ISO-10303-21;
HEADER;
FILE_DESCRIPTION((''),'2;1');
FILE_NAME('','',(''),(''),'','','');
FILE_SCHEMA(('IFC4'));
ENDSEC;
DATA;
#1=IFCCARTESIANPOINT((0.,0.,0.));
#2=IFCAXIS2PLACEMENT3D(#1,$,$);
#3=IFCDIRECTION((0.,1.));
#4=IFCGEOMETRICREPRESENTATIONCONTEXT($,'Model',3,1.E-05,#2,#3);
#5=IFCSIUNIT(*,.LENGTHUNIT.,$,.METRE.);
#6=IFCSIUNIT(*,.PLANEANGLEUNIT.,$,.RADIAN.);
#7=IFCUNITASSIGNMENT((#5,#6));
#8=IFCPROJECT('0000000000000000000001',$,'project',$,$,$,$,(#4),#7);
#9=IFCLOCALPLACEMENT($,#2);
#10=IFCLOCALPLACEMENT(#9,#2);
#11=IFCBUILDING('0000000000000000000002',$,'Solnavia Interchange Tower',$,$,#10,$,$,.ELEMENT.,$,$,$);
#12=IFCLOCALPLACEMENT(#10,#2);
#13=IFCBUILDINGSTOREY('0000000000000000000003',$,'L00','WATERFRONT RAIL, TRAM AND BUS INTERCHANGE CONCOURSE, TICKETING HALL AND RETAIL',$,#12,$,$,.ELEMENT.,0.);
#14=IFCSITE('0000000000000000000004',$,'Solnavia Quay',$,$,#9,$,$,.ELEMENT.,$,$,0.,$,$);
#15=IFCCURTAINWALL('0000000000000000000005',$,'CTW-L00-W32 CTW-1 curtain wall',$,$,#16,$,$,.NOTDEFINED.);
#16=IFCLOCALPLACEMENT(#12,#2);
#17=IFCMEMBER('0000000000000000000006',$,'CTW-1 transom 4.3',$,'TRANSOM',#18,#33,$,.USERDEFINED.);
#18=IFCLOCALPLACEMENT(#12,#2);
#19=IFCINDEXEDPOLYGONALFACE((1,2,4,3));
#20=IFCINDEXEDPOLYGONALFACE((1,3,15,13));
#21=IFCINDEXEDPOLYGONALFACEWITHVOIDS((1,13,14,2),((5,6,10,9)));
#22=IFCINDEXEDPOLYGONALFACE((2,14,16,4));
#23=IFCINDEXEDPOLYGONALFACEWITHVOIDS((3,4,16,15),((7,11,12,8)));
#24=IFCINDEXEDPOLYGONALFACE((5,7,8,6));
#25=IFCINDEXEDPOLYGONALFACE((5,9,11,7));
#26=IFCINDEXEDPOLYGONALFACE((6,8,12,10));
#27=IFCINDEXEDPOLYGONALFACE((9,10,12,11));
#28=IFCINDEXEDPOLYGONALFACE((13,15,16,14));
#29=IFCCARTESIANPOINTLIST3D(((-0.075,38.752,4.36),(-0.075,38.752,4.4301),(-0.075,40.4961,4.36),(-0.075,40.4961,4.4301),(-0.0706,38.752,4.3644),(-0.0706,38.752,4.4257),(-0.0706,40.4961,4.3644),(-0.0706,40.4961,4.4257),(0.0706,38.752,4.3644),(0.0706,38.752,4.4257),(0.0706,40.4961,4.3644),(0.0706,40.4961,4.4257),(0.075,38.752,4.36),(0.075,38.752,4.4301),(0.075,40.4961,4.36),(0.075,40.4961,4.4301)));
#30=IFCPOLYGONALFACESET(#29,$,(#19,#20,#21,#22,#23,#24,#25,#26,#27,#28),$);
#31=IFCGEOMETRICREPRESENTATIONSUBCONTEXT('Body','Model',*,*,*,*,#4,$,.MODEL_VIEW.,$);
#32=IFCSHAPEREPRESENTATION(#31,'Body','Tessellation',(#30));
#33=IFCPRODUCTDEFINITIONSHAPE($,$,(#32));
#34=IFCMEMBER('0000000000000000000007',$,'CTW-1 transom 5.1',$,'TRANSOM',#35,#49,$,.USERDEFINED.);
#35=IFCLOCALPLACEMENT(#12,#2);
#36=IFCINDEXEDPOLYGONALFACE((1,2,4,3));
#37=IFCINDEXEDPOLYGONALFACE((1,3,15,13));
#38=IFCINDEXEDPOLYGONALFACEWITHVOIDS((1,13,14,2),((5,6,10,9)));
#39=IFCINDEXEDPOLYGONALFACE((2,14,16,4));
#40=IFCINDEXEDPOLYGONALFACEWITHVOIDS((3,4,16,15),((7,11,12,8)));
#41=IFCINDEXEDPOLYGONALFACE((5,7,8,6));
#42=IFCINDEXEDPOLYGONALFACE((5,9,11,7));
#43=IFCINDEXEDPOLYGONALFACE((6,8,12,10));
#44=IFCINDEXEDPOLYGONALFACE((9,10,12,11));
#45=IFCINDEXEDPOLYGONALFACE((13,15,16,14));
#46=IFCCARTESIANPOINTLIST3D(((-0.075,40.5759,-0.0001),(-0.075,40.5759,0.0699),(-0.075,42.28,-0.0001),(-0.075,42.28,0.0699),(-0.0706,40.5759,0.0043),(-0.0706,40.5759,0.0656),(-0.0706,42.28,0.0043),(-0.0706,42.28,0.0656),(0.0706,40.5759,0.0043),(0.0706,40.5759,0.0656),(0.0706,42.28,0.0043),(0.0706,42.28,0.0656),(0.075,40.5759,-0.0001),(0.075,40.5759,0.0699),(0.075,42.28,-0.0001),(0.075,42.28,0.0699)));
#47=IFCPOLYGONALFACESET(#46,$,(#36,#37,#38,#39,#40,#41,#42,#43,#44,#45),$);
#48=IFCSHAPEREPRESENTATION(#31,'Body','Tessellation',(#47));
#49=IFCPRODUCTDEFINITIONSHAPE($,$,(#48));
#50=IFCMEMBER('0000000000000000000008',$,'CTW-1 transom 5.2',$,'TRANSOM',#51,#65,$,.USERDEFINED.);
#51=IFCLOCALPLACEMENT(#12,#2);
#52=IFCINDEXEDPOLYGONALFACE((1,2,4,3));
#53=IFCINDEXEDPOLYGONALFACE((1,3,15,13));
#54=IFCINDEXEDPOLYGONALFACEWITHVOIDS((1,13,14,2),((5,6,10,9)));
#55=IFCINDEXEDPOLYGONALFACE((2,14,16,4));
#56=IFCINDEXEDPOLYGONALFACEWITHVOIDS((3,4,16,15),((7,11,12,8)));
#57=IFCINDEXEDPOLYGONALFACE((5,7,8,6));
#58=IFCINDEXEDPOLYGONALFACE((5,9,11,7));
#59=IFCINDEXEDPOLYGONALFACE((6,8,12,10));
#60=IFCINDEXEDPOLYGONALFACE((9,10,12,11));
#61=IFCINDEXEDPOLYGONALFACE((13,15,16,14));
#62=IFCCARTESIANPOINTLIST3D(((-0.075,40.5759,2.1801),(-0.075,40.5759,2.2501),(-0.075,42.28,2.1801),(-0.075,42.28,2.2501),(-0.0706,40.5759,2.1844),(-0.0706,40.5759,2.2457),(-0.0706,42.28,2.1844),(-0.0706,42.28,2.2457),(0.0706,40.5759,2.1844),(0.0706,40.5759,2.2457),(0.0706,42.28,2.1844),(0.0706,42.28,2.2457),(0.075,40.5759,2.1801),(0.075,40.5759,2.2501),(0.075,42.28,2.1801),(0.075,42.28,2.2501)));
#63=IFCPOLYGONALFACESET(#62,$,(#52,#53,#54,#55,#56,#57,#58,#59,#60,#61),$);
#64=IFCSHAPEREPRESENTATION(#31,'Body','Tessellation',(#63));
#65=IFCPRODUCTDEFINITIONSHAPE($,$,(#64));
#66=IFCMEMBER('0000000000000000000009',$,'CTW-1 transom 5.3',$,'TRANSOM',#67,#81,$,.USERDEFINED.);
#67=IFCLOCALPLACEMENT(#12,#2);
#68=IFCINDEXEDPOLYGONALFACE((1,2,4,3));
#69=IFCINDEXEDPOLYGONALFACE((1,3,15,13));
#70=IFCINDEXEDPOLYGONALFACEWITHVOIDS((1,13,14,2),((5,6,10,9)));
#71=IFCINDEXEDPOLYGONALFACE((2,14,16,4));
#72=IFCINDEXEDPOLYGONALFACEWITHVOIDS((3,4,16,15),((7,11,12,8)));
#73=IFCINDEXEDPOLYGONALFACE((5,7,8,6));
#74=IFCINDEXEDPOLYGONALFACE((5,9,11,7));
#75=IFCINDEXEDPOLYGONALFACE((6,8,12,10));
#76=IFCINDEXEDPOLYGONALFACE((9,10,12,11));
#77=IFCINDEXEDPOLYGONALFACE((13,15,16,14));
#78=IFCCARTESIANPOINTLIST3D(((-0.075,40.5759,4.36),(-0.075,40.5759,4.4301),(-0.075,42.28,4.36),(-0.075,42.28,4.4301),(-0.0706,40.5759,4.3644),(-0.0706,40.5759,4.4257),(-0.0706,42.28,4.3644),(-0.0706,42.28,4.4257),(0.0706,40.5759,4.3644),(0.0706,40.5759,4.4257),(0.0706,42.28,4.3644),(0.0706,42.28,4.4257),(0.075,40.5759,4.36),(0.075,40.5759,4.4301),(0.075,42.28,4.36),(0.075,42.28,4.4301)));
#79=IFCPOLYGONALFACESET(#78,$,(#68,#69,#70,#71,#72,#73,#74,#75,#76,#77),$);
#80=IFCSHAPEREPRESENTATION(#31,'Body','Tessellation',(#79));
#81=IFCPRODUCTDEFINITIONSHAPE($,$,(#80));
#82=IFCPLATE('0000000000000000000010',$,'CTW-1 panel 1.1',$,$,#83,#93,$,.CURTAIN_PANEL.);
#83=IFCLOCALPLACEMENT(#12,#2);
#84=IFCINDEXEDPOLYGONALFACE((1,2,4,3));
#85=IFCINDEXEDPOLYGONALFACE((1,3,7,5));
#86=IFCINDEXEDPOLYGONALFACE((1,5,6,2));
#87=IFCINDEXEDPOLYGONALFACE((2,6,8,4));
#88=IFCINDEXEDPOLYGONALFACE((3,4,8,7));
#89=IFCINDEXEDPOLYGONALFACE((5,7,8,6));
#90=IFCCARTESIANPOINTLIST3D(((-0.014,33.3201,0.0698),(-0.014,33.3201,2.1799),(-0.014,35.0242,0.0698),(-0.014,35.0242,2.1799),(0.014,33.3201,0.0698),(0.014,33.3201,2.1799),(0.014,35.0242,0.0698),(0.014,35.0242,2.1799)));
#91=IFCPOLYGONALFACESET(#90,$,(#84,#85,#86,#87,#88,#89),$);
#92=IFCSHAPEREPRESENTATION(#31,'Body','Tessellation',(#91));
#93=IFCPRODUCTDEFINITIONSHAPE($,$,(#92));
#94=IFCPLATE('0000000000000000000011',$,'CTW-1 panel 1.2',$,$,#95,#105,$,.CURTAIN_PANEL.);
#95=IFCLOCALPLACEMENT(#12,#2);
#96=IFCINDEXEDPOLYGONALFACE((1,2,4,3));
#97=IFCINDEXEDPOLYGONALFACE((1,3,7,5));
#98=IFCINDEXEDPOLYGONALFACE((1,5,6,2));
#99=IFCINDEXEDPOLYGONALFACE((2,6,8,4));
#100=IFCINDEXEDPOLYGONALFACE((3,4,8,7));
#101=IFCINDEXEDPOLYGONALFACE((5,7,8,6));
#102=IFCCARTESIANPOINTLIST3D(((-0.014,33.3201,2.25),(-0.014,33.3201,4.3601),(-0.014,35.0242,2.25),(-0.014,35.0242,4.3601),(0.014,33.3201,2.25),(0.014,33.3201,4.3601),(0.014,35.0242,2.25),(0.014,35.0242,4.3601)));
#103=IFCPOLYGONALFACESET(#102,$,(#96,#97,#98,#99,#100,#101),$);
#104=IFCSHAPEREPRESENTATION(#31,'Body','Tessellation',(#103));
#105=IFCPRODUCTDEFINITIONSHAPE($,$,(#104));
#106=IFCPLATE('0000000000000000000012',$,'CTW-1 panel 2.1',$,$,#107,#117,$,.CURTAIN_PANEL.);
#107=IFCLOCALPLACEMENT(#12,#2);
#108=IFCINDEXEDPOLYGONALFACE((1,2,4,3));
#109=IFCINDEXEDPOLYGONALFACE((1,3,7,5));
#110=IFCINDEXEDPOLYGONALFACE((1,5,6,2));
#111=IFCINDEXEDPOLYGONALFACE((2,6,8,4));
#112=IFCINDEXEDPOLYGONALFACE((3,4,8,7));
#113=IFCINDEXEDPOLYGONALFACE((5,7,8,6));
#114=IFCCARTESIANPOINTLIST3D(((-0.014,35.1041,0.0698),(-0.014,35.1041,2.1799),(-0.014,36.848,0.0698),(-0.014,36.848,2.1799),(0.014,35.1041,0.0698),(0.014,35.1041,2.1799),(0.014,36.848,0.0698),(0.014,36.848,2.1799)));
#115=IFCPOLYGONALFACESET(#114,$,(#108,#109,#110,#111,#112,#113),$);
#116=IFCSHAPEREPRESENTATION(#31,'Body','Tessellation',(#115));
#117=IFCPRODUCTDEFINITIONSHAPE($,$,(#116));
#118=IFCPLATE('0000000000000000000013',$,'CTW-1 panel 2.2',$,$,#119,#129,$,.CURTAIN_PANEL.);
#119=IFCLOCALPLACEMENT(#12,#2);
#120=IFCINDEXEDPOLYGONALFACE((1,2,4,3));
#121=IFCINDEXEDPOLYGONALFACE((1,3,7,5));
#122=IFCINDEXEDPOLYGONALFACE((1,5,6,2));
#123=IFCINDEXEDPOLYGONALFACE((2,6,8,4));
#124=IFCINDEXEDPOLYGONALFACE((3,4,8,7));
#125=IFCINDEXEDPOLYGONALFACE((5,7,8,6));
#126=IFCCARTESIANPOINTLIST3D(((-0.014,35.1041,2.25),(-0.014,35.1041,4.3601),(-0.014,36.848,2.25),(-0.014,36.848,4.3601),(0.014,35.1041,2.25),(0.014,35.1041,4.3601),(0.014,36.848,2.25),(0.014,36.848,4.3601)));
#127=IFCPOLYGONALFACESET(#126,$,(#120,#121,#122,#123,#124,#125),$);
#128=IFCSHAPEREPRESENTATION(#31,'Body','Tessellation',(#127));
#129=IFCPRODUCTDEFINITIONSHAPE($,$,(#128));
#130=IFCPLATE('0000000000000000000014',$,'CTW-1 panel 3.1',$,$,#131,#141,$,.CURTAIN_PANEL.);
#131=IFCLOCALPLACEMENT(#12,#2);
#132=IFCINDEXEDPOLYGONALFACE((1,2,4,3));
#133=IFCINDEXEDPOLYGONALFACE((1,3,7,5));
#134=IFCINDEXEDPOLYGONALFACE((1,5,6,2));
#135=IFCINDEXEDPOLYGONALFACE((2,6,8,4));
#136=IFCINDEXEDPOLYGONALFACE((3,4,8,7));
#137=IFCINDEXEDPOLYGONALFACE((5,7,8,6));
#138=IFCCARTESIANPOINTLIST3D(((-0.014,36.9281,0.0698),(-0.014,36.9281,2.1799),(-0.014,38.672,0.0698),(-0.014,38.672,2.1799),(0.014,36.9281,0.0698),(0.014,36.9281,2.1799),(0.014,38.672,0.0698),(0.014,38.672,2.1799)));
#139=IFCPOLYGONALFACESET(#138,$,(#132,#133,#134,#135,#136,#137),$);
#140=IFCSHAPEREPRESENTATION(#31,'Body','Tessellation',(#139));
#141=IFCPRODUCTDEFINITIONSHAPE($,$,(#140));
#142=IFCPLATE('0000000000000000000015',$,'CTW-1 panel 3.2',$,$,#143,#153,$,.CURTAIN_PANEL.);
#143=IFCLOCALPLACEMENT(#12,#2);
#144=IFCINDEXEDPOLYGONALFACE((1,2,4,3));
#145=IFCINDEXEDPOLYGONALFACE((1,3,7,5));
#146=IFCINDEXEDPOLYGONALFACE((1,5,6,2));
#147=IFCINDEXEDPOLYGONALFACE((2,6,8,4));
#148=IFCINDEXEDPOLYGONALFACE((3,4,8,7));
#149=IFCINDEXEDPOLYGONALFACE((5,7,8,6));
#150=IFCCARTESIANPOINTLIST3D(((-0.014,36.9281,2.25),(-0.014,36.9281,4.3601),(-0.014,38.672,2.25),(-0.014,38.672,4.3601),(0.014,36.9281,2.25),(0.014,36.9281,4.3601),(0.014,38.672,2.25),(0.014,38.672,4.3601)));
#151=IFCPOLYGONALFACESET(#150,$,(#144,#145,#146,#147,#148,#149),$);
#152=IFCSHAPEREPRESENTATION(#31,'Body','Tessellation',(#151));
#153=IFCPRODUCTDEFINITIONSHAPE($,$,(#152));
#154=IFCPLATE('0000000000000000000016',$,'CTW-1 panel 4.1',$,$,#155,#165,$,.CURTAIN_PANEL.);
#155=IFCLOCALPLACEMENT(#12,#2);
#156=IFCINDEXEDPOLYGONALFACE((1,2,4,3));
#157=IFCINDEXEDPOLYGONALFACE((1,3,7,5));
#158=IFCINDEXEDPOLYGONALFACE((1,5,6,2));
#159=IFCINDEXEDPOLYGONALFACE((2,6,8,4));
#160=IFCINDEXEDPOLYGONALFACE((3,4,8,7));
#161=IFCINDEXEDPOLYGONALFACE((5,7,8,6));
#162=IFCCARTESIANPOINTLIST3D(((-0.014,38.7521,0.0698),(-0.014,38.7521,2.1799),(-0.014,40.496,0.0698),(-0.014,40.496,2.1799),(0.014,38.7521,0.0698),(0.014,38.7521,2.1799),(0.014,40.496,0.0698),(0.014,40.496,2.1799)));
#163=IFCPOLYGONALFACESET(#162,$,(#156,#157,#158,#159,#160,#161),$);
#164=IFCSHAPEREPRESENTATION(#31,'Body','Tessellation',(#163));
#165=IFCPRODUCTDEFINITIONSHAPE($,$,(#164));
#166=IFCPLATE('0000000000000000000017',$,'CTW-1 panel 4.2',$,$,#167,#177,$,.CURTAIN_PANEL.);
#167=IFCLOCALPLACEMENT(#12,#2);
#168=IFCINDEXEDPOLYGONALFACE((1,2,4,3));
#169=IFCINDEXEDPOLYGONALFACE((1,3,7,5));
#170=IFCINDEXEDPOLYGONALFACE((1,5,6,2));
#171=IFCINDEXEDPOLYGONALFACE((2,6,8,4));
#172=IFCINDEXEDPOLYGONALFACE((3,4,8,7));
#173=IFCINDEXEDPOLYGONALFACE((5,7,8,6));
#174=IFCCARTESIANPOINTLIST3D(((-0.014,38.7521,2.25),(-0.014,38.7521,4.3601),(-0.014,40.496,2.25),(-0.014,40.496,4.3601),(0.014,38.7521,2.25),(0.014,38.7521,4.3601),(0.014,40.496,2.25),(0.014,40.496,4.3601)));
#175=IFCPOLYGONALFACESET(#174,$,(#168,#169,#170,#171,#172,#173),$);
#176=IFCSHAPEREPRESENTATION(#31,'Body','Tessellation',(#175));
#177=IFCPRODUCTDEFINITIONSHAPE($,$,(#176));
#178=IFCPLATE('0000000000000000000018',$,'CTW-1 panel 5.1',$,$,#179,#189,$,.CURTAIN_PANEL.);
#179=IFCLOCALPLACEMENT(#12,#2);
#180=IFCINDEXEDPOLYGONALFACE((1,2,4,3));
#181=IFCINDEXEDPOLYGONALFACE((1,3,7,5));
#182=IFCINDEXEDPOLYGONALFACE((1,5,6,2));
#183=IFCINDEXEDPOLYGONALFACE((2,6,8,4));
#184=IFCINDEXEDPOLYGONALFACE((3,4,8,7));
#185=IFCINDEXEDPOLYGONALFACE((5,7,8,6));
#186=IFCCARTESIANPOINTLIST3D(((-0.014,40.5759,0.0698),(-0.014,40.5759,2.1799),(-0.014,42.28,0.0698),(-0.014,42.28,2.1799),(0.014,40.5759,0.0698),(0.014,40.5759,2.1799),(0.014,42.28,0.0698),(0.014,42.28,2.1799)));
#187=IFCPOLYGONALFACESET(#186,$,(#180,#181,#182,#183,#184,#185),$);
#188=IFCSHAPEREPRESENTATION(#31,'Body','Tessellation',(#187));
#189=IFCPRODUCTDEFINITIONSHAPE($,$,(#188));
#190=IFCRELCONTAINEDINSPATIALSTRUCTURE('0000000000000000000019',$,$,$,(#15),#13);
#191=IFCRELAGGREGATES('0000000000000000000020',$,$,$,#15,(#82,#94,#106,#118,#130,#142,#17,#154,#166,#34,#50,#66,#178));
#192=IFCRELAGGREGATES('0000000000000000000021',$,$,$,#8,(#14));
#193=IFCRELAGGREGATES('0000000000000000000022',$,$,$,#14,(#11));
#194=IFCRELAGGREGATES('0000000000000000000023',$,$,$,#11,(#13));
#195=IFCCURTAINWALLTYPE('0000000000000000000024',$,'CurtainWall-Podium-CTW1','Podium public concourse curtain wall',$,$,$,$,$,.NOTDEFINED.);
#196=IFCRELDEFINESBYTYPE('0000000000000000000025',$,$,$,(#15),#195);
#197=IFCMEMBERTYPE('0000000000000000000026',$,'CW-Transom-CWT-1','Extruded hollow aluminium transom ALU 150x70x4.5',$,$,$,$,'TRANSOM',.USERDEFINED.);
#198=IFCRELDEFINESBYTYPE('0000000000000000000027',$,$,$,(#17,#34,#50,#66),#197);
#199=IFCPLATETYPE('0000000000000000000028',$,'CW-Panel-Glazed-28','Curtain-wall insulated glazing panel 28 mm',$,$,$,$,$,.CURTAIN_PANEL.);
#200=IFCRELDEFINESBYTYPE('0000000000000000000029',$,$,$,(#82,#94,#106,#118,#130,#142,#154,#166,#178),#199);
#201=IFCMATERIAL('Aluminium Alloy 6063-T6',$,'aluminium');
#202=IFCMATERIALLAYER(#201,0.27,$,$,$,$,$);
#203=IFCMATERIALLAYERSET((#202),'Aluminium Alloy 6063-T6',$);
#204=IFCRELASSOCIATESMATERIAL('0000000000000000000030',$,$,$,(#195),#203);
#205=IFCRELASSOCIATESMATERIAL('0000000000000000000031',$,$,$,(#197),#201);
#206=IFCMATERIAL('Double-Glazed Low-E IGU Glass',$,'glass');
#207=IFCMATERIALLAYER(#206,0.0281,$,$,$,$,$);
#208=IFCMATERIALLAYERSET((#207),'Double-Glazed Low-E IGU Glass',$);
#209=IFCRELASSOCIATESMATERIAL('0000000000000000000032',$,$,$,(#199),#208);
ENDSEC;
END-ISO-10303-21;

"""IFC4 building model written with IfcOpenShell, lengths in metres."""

from ifc_helpers import new_model, si_unit, direction, frame, origin, origin_2d, place, context, subcontext, project, spatial, rectangle, hollow_rectangle, extrude, material, layer, layer_set, material_profile, profile_set, type_object, element, aggregate, save


model = new_model("IFC4")

# Units and contexts
model_context = context("Model", 3, precision=1e-05, world=origin(), true_north=direction((0.0, 1.0)))
body_context = subcontext(model_context, "Body", "Model", "MODEL_VIEW")
ifc_project = project(units=[si_unit("LENGTHUNIT", "METRE"), si_unit("PLANEANGLEUNIT", "RADIAN")], contexts=[model_context])

# Site, building, storey
site_placement = place(None, origin())
site = spatial("IfcSite", under=ifc_project, at=site_placement, Name="Solnavia Quay", CompositionType="ELEMENT", RefElevation=0.0)
building_placement = place(site_placement, origin())
building = spatial("IfcBuilding", under=site, at=building_placement, Name="Solnavia Interchange Tower", CompositionType="ELEMENT")
storey_placement = place(building_placement, origin())
storey = spatial("IfcBuildingStorey", under=building, at=storey_placement, Name="L00", Description="WATERFRONT RAIL, TRAM AND BUS INTERCHANGE CONCOURSE, TICKETING HALL AND RETAIL", CompositionType="ELEMENT", Elevation=0.0)

# Curtain wall, members, plates
ifc_material_1 = material(Name="Aluminium Alloy 6063-T6", Category="aluminium")
ifc_layer_1 = layer(ifc_material_1, 0.27)
ifc_layer_set_1 = layer_set([ifc_layer_1], Name="Aluminium Alloy 6063-T6")
curtain_wall_type = type_object("IfcCurtainWallType", Name="CurtainWall-Podium-CTW1", Description="Podium public concourse curtain wall", PredefinedType="NOTDEFINED", material=ifc_layer_set_1)
curtain_wall_placement = place(storey_placement, origin())
curtain_wall = element("IfcCurtainWall", 1, at=curtain_wall_placement, inside=storey, type_object=curtain_wall_type, Name="CTW-L00-W32 CTW-1 curtain wall", PredefinedType="NOTDEFINED")
ifc_material_profile_1 = material_profile(ifc_material_1, hollow_rectangle(XDim=0.0701, YDim=0.1499, WallThickness=0.0044, at=origin_2d()), Name="ALU 150x70x4.5")
ifc_profile_set_1 = profile_set([ifc_material_profile_1], Name="Aluminium Alloy 6063-T6")
member_type_1 = type_object("IfcMemberType", Name="CW-Transom-CWT-1", Description="Extruded hollow aluminium transom ALU 150x70x4.5", ElementType="TRANSOM", PredefinedType="USERDEFINED", material=ifc_profile_set_1)
member_1_placement = place(storey_placement, frame((0.0, 38.752, 4.395), z_axis=(0.0, 1.0, 0.0), x_axis=(0.0, 0.0, 1.0)))
member_1 = element("IfcMember", 2, at=member_1_placement, type_object=member_type_1, Name="CTW-1 transom 4.3", ObjectType="TRANSOM", PredefinedType="USERDEFINED", context=body_context, shape_type="SweptSolid", body=[
    extrude(hollow_rectangle(XDim=0.0701, YDim=0.1499, WallThickness=0.0044, at=origin_2d()), origin(), (0.0, 0.0, 1.0), 1.7441),
])
member_2_placement = place(storey_placement, frame((0.0, 40.5759, 0.0349), z_axis=(0.0, 1.0, 0.0), x_axis=(0.0, 0.0, 1.0)))
member_2 = element("IfcMember", 3, at=member_2_placement, type_object=member_type_1, Name="CTW-1 transom 5.1", ObjectType="TRANSOM", PredefinedType="USERDEFINED", context=body_context, shape_type="SweptSolid", body=[
    extrude(hollow_rectangle(XDim=0.0701, YDim=0.1499, WallThickness=0.0044, at=origin_2d()), origin(), (0.0, 0.0, 1.0), 1.7041),
])
member_3_placement = place(storey_placement, frame((0.0, 40.5759, 2.2151), z_axis=(0.0, 1.0, 0.0), x_axis=(0.0, 0.0, 1.0)))
member_3 = element("IfcMember", 4, at=member_3_placement, type_object=member_type_1, Name="CTW-1 transom 5.2", ObjectType="TRANSOM", PredefinedType="USERDEFINED", context=body_context, shape_type="SweptSolid", body=[
    extrude(hollow_rectangle(XDim=0.0701, YDim=0.1499, WallThickness=0.0044, at=origin_2d()), origin(), (0.0, 0.0, 1.0), 1.7041),
])
member_4_placement = place(storey_placement, frame((0.0, 40.5759, 4.395), z_axis=(0.0, 1.0, 0.0), x_axis=(0.0, 0.0, 1.0)))
member_4 = element("IfcMember", 5, at=member_4_placement, type_object=member_type_1, Name="CTW-1 transom 5.3", ObjectType="TRANSOM", PredefinedType="USERDEFINED", context=body_context, shape_type="SweptSolid", body=[
    extrude(hollow_rectangle(XDim=0.0701, YDim=0.1499, WallThickness=0.0044, at=origin_2d()), origin(), (0.0, 0.0, 1.0), 1.7041),
])
ifc_material_2 = material(Name="Double-Glazed Low-E IGU Glass", Category="glass")
ifc_layer_2 = layer(ifc_material_2, 0.0281)
ifc_layer_set_2 = layer_set([ifc_layer_2], Name="Double-Glazed Low-E IGU Glass")
plate_type = type_object("IfcPlateType", Name="CW-Panel-Glazed-28", Description="Curtain-wall insulated glazing panel 28 mm", PredefinedType="CURTAIN_PANEL", material=ifc_layer_set_2)
plate_1_placement = place(storey_placement, frame((0.0, 34.1721, 0.0698), z_axis=(0.0, 0.0, 1.0), x_axis=(0.0, 1.0, 0.0)))
plate_1 = element("IfcPlate", 6, at=plate_1_placement, type_object=plate_type, Name="CTW-1 panel 1.1", PredefinedType="CURTAIN_PANEL", context=body_context, shape_type="SweptSolid", body=[
    extrude(rectangle(XDim=1.7041, YDim=0.0281, at=origin_2d()), origin(), (0.0, 0.0, 1.0), 2.1101),
])
plate_2_placement = place(storey_placement, frame((0.0, 34.1721, 2.25), z_axis=(0.0, 0.0, 1.0), x_axis=(0.0, 1.0, 0.0)))
plate_2 = element("IfcPlate", 7, at=plate_2_placement, type_object=plate_type, Name="CTW-1 panel 1.2", PredefinedType="CURTAIN_PANEL", context=body_context, shape_type="SweptSolid", body=[
    extrude(rectangle(XDim=1.7041, YDim=0.0281, at=origin_2d()), origin(), (0.0, 0.0, 1.0), 2.1101),
])
plate_3_placement = place(storey_placement, frame((0.0, 35.9761, 0.0698), z_axis=(0.0, 0.0, 1.0), x_axis=(0.0, 1.0, 0.0)))
plate_3 = element("IfcPlate", 8, at=plate_3_placement, type_object=plate_type, Name="CTW-1 panel 2.1", PredefinedType="CURTAIN_PANEL", context=body_context, shape_type="SweptSolid", body=[
    extrude(rectangle(XDim=1.7439, YDim=0.0281, at=origin_2d()), origin(), (0.0, 0.0, 1.0), 2.1101),
])
plate_4_placement = place(storey_placement, frame((0.0, 35.9761, 2.25), z_axis=(0.0, 0.0, 1.0), x_axis=(0.0, 1.0, 0.0)))
plate_4 = element("IfcPlate", 9, at=plate_4_placement, type_object=plate_type, Name="CTW-1 panel 2.2", PredefinedType="CURTAIN_PANEL", context=body_context, shape_type="SweptSolid", body=[
    extrude(rectangle(XDim=1.7439, YDim=0.0281, at=origin_2d()), origin(), (0.0, 0.0, 1.0), 2.1101),
])
plate_5_placement = place(storey_placement, frame((0.0, 37.8, 0.0698), z_axis=(0.0, 0.0, 1.0), x_axis=(0.0, 1.0, 0.0)))
plate_5 = element("IfcPlate", 10, at=plate_5_placement, type_object=plate_type, Name="CTW-1 panel 3.1", PredefinedType="CURTAIN_PANEL", context=body_context, shape_type="SweptSolid", body=[
    extrude(rectangle(XDim=1.7439, YDim=0.0281, at=origin_2d()), origin(), (0.0, 0.0, 1.0), 2.1101),
])
plate_6_placement = place(storey_placement, frame((0.0, 37.8, 2.25), z_axis=(0.0, 0.0, 1.0), x_axis=(0.0, 1.0, 0.0)))
plate_6 = element("IfcPlate", 11, at=plate_6_placement, type_object=plate_type, Name="CTW-1 panel 3.2", PredefinedType="CURTAIN_PANEL", context=body_context, shape_type="SweptSolid", body=[
    extrude(rectangle(XDim=1.7439, YDim=0.0281, at=origin_2d()), origin(), (0.0, 0.0, 1.0), 2.1101),
])
plate_7_placement = place(storey_placement, frame((0.0, 39.624, 0.0698), z_axis=(0.0, 0.0, 1.0), x_axis=(0.0, 1.0, 0.0)))
plate_7 = element("IfcPlate", 12, at=plate_7_placement, type_object=plate_type, Name="CTW-1 panel 4.1", PredefinedType="CURTAIN_PANEL", context=body_context, shape_type="SweptSolid", body=[
    extrude(rectangle(XDim=1.7439, YDim=0.0281, at=origin_2d()), origin(), (0.0, 0.0, 1.0), 2.1101),
])
plate_8_placement = place(storey_placement, frame((0.0, 39.624, 2.25), z_axis=(0.0, 0.0, 1.0), x_axis=(0.0, 1.0, 0.0)))
plate_8 = element("IfcPlate", 13, at=plate_8_placement, type_object=plate_type, Name="CTW-1 panel 4.2", PredefinedType="CURTAIN_PANEL", context=body_context, shape_type="SweptSolid", body=[
    extrude(rectangle(XDim=1.7439, YDim=0.0281, at=origin_2d()), origin(), (0.0, 0.0, 1.0), 2.1101),
])
plate_9_placement = place(storey_placement, frame((0.0, 41.428, 0.0698), z_axis=(0.0, 0.0, 1.0), x_axis=(0.0, 1.0, 0.0)))
plate_9 = element("IfcPlate", 14, at=plate_9_placement, type_object=plate_type, Name="CTW-1 panel 5.1", PredefinedType="CURTAIN_PANEL", context=body_context, shape_type="SweptSolid", body=[
    extrude(rectangle(XDim=1.7041, YDim=0.0281, at=origin_2d()), origin(), (0.0, 0.0, 1.0), 2.1101),
])
aggregate(curtain_wall, [plate_1, plate_2, plate_3, plate_4, plate_5, plate_6, member_1, plate_7, plate_8, member_2, member_3, member_4, plate_9])

save(model, "model.ifc")
